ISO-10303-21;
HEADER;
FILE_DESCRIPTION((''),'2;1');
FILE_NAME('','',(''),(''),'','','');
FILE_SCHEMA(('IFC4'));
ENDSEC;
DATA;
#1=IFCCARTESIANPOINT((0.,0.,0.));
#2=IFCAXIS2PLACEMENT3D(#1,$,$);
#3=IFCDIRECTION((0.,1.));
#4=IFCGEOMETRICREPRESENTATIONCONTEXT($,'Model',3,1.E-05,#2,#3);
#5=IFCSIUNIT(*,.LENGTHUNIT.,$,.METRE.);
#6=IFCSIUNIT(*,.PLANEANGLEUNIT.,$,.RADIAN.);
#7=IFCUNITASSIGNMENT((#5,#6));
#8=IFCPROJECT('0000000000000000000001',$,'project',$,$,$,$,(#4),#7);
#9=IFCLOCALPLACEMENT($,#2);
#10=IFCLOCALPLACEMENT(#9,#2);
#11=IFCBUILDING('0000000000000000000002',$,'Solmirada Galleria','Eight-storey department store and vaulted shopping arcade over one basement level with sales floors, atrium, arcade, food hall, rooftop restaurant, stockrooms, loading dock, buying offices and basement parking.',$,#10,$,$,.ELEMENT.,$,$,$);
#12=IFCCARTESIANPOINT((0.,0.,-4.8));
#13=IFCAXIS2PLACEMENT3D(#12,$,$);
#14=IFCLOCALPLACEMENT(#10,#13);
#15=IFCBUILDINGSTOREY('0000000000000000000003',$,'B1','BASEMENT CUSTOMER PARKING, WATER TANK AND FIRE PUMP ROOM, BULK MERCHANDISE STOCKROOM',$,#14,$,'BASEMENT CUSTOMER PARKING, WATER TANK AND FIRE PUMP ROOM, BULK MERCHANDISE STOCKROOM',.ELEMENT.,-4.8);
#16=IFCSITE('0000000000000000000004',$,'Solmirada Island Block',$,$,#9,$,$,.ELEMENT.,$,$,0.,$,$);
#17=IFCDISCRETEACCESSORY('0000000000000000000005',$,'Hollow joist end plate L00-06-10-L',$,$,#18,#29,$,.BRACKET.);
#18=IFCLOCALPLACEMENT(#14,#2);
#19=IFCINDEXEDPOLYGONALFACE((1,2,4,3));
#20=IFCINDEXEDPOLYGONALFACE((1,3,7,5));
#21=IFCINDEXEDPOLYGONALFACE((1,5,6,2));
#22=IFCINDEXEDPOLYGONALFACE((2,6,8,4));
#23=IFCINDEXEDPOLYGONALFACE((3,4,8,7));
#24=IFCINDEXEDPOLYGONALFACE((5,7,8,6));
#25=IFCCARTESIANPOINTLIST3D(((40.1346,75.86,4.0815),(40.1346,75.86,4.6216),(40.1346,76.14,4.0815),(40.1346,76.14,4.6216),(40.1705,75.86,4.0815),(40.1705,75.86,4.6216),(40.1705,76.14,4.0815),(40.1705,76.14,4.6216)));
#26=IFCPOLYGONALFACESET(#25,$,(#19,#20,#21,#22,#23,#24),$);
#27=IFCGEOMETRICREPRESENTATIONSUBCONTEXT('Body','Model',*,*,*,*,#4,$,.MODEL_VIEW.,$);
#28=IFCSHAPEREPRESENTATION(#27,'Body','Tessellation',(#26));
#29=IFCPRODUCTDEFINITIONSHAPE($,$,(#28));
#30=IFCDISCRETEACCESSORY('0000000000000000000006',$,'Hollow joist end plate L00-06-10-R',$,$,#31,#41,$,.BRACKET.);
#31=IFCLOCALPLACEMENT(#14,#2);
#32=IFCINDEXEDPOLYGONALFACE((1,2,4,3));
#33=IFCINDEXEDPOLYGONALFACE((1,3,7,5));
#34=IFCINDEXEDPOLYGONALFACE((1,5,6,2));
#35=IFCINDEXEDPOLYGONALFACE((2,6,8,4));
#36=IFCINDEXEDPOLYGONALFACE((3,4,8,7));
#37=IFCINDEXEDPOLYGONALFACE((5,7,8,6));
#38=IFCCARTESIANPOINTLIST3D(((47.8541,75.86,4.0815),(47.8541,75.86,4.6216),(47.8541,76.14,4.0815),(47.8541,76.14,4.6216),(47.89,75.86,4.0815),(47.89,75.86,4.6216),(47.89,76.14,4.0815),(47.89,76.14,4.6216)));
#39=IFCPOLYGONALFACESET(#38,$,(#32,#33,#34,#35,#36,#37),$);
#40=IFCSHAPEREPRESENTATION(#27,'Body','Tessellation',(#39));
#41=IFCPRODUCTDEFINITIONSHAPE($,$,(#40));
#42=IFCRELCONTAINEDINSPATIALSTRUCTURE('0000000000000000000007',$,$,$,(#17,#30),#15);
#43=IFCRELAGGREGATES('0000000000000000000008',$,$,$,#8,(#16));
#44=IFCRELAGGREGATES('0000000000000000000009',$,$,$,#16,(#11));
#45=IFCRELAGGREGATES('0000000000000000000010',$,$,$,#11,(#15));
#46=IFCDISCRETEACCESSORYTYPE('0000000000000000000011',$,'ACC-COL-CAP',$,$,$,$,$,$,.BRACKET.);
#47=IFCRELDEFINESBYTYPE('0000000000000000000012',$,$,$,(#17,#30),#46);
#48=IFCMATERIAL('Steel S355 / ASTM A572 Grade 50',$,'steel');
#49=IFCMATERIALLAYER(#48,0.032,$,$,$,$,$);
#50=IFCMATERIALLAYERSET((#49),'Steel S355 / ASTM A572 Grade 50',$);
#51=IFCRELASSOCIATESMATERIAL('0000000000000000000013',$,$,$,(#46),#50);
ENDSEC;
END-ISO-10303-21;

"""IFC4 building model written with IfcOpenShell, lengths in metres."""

from ifc_helpers import new_model, si_unit, direction, frame, origin, origin_2d, place, context, subcontext, project, spatial, rectangle, extrude, material, layer, layer_set, type_object, element, save


model = new_model("IFC4")

# Units and contexts
model_context = context("Model", 3, precision=1e-05, world=origin(), true_north=direction((0.0, 1.0)))
body_context = subcontext(model_context, "Body", "Model", "MODEL_VIEW")
ifc_project = project(units=[si_unit("LENGTHUNIT", "METRE"), si_unit("PLANEANGLEUNIT", "RADIAN")], contexts=[model_context])

# Site, building, storey
site_placement = place(None, origin())
site = spatial("IfcSite", under=ifc_project, at=site_placement, Name="Solmirada Island Block", CompositionType="ELEMENT", RefElevation=0.0)
building_placement = place(site_placement, origin())
building = spatial("IfcBuilding", under=site, at=building_placement, Name="Solmirada Galleria", Description="Eight-storey department store and vaulted shopping arcade over one basement level with sales floors, atrium, arcade, food hall, rooftop restaurant, stockrooms, loading dock, buying offices and basement parking.", CompositionType="ELEMENT")
storey_placement = place(building_placement, frame((0.0, 0.0, -4.8)))
storey = spatial("IfcBuildingStorey", under=building, at=storey_placement, Name="B1", Description="BASEMENT CUSTOMER PARKING, WATER TANK AND FIRE PUMP ROOM, BULK MERCHANDISE STOCKROOM", LongName="BASEMENT CUSTOMER PARKING, WATER TANK AND FIRE PUMP ROOM, BULK MERCHANDISE STOCKROOM", CompositionType="ELEMENT", Elevation=-4.8)

# Discrete accessories
ifc_material_1 = material(Name="Steel S355 / ASTM A572 Grade 50", Category="steel")
ifc_layer_1 = layer(ifc_material_1, 0.032)
ifc_layer_set_1 = layer_set([ifc_layer_1], Name="Steel S355 / ASTM A572 Grade 50")
discrete_accessory_type = type_object("IfcDiscreteAccessoryType", Name="ACC-COL-CAP", PredefinedType="BRACKET", material=ifc_layer_set_1)
for number, where, z_axis, x_axis, name in (
    (1, (40.1526, 76.0, 4.0815), (0.0, 0.0, 1.0), (1.0, 0.0, 0.0), "Hollow joist end plate L00-06-10-L"),
    (2, (47.8721, 76.0, 4.0815), (0.0, 0.0, 1.0), (1.0, 0.0, 0.0), "Hollow joist end plate L00-06-10-R"),
):
    element("IfcDiscreteAccessory", number, at=place(storey_placement, frame(where, z_axis=z_axis, x_axis=x_axis)), inside=storey, type_object=discrete_accessory_type, Name=name, PredefinedType="BRACKET", context=body_context, shape_type="SweptSolid", body=[
        extrude(rectangle(XDim=0.0359, YDim=0.28, at=origin_2d()), origin(), (0.0, 0.0, 1.0), 0.54),
    ])

save(model, "model.ifc")
